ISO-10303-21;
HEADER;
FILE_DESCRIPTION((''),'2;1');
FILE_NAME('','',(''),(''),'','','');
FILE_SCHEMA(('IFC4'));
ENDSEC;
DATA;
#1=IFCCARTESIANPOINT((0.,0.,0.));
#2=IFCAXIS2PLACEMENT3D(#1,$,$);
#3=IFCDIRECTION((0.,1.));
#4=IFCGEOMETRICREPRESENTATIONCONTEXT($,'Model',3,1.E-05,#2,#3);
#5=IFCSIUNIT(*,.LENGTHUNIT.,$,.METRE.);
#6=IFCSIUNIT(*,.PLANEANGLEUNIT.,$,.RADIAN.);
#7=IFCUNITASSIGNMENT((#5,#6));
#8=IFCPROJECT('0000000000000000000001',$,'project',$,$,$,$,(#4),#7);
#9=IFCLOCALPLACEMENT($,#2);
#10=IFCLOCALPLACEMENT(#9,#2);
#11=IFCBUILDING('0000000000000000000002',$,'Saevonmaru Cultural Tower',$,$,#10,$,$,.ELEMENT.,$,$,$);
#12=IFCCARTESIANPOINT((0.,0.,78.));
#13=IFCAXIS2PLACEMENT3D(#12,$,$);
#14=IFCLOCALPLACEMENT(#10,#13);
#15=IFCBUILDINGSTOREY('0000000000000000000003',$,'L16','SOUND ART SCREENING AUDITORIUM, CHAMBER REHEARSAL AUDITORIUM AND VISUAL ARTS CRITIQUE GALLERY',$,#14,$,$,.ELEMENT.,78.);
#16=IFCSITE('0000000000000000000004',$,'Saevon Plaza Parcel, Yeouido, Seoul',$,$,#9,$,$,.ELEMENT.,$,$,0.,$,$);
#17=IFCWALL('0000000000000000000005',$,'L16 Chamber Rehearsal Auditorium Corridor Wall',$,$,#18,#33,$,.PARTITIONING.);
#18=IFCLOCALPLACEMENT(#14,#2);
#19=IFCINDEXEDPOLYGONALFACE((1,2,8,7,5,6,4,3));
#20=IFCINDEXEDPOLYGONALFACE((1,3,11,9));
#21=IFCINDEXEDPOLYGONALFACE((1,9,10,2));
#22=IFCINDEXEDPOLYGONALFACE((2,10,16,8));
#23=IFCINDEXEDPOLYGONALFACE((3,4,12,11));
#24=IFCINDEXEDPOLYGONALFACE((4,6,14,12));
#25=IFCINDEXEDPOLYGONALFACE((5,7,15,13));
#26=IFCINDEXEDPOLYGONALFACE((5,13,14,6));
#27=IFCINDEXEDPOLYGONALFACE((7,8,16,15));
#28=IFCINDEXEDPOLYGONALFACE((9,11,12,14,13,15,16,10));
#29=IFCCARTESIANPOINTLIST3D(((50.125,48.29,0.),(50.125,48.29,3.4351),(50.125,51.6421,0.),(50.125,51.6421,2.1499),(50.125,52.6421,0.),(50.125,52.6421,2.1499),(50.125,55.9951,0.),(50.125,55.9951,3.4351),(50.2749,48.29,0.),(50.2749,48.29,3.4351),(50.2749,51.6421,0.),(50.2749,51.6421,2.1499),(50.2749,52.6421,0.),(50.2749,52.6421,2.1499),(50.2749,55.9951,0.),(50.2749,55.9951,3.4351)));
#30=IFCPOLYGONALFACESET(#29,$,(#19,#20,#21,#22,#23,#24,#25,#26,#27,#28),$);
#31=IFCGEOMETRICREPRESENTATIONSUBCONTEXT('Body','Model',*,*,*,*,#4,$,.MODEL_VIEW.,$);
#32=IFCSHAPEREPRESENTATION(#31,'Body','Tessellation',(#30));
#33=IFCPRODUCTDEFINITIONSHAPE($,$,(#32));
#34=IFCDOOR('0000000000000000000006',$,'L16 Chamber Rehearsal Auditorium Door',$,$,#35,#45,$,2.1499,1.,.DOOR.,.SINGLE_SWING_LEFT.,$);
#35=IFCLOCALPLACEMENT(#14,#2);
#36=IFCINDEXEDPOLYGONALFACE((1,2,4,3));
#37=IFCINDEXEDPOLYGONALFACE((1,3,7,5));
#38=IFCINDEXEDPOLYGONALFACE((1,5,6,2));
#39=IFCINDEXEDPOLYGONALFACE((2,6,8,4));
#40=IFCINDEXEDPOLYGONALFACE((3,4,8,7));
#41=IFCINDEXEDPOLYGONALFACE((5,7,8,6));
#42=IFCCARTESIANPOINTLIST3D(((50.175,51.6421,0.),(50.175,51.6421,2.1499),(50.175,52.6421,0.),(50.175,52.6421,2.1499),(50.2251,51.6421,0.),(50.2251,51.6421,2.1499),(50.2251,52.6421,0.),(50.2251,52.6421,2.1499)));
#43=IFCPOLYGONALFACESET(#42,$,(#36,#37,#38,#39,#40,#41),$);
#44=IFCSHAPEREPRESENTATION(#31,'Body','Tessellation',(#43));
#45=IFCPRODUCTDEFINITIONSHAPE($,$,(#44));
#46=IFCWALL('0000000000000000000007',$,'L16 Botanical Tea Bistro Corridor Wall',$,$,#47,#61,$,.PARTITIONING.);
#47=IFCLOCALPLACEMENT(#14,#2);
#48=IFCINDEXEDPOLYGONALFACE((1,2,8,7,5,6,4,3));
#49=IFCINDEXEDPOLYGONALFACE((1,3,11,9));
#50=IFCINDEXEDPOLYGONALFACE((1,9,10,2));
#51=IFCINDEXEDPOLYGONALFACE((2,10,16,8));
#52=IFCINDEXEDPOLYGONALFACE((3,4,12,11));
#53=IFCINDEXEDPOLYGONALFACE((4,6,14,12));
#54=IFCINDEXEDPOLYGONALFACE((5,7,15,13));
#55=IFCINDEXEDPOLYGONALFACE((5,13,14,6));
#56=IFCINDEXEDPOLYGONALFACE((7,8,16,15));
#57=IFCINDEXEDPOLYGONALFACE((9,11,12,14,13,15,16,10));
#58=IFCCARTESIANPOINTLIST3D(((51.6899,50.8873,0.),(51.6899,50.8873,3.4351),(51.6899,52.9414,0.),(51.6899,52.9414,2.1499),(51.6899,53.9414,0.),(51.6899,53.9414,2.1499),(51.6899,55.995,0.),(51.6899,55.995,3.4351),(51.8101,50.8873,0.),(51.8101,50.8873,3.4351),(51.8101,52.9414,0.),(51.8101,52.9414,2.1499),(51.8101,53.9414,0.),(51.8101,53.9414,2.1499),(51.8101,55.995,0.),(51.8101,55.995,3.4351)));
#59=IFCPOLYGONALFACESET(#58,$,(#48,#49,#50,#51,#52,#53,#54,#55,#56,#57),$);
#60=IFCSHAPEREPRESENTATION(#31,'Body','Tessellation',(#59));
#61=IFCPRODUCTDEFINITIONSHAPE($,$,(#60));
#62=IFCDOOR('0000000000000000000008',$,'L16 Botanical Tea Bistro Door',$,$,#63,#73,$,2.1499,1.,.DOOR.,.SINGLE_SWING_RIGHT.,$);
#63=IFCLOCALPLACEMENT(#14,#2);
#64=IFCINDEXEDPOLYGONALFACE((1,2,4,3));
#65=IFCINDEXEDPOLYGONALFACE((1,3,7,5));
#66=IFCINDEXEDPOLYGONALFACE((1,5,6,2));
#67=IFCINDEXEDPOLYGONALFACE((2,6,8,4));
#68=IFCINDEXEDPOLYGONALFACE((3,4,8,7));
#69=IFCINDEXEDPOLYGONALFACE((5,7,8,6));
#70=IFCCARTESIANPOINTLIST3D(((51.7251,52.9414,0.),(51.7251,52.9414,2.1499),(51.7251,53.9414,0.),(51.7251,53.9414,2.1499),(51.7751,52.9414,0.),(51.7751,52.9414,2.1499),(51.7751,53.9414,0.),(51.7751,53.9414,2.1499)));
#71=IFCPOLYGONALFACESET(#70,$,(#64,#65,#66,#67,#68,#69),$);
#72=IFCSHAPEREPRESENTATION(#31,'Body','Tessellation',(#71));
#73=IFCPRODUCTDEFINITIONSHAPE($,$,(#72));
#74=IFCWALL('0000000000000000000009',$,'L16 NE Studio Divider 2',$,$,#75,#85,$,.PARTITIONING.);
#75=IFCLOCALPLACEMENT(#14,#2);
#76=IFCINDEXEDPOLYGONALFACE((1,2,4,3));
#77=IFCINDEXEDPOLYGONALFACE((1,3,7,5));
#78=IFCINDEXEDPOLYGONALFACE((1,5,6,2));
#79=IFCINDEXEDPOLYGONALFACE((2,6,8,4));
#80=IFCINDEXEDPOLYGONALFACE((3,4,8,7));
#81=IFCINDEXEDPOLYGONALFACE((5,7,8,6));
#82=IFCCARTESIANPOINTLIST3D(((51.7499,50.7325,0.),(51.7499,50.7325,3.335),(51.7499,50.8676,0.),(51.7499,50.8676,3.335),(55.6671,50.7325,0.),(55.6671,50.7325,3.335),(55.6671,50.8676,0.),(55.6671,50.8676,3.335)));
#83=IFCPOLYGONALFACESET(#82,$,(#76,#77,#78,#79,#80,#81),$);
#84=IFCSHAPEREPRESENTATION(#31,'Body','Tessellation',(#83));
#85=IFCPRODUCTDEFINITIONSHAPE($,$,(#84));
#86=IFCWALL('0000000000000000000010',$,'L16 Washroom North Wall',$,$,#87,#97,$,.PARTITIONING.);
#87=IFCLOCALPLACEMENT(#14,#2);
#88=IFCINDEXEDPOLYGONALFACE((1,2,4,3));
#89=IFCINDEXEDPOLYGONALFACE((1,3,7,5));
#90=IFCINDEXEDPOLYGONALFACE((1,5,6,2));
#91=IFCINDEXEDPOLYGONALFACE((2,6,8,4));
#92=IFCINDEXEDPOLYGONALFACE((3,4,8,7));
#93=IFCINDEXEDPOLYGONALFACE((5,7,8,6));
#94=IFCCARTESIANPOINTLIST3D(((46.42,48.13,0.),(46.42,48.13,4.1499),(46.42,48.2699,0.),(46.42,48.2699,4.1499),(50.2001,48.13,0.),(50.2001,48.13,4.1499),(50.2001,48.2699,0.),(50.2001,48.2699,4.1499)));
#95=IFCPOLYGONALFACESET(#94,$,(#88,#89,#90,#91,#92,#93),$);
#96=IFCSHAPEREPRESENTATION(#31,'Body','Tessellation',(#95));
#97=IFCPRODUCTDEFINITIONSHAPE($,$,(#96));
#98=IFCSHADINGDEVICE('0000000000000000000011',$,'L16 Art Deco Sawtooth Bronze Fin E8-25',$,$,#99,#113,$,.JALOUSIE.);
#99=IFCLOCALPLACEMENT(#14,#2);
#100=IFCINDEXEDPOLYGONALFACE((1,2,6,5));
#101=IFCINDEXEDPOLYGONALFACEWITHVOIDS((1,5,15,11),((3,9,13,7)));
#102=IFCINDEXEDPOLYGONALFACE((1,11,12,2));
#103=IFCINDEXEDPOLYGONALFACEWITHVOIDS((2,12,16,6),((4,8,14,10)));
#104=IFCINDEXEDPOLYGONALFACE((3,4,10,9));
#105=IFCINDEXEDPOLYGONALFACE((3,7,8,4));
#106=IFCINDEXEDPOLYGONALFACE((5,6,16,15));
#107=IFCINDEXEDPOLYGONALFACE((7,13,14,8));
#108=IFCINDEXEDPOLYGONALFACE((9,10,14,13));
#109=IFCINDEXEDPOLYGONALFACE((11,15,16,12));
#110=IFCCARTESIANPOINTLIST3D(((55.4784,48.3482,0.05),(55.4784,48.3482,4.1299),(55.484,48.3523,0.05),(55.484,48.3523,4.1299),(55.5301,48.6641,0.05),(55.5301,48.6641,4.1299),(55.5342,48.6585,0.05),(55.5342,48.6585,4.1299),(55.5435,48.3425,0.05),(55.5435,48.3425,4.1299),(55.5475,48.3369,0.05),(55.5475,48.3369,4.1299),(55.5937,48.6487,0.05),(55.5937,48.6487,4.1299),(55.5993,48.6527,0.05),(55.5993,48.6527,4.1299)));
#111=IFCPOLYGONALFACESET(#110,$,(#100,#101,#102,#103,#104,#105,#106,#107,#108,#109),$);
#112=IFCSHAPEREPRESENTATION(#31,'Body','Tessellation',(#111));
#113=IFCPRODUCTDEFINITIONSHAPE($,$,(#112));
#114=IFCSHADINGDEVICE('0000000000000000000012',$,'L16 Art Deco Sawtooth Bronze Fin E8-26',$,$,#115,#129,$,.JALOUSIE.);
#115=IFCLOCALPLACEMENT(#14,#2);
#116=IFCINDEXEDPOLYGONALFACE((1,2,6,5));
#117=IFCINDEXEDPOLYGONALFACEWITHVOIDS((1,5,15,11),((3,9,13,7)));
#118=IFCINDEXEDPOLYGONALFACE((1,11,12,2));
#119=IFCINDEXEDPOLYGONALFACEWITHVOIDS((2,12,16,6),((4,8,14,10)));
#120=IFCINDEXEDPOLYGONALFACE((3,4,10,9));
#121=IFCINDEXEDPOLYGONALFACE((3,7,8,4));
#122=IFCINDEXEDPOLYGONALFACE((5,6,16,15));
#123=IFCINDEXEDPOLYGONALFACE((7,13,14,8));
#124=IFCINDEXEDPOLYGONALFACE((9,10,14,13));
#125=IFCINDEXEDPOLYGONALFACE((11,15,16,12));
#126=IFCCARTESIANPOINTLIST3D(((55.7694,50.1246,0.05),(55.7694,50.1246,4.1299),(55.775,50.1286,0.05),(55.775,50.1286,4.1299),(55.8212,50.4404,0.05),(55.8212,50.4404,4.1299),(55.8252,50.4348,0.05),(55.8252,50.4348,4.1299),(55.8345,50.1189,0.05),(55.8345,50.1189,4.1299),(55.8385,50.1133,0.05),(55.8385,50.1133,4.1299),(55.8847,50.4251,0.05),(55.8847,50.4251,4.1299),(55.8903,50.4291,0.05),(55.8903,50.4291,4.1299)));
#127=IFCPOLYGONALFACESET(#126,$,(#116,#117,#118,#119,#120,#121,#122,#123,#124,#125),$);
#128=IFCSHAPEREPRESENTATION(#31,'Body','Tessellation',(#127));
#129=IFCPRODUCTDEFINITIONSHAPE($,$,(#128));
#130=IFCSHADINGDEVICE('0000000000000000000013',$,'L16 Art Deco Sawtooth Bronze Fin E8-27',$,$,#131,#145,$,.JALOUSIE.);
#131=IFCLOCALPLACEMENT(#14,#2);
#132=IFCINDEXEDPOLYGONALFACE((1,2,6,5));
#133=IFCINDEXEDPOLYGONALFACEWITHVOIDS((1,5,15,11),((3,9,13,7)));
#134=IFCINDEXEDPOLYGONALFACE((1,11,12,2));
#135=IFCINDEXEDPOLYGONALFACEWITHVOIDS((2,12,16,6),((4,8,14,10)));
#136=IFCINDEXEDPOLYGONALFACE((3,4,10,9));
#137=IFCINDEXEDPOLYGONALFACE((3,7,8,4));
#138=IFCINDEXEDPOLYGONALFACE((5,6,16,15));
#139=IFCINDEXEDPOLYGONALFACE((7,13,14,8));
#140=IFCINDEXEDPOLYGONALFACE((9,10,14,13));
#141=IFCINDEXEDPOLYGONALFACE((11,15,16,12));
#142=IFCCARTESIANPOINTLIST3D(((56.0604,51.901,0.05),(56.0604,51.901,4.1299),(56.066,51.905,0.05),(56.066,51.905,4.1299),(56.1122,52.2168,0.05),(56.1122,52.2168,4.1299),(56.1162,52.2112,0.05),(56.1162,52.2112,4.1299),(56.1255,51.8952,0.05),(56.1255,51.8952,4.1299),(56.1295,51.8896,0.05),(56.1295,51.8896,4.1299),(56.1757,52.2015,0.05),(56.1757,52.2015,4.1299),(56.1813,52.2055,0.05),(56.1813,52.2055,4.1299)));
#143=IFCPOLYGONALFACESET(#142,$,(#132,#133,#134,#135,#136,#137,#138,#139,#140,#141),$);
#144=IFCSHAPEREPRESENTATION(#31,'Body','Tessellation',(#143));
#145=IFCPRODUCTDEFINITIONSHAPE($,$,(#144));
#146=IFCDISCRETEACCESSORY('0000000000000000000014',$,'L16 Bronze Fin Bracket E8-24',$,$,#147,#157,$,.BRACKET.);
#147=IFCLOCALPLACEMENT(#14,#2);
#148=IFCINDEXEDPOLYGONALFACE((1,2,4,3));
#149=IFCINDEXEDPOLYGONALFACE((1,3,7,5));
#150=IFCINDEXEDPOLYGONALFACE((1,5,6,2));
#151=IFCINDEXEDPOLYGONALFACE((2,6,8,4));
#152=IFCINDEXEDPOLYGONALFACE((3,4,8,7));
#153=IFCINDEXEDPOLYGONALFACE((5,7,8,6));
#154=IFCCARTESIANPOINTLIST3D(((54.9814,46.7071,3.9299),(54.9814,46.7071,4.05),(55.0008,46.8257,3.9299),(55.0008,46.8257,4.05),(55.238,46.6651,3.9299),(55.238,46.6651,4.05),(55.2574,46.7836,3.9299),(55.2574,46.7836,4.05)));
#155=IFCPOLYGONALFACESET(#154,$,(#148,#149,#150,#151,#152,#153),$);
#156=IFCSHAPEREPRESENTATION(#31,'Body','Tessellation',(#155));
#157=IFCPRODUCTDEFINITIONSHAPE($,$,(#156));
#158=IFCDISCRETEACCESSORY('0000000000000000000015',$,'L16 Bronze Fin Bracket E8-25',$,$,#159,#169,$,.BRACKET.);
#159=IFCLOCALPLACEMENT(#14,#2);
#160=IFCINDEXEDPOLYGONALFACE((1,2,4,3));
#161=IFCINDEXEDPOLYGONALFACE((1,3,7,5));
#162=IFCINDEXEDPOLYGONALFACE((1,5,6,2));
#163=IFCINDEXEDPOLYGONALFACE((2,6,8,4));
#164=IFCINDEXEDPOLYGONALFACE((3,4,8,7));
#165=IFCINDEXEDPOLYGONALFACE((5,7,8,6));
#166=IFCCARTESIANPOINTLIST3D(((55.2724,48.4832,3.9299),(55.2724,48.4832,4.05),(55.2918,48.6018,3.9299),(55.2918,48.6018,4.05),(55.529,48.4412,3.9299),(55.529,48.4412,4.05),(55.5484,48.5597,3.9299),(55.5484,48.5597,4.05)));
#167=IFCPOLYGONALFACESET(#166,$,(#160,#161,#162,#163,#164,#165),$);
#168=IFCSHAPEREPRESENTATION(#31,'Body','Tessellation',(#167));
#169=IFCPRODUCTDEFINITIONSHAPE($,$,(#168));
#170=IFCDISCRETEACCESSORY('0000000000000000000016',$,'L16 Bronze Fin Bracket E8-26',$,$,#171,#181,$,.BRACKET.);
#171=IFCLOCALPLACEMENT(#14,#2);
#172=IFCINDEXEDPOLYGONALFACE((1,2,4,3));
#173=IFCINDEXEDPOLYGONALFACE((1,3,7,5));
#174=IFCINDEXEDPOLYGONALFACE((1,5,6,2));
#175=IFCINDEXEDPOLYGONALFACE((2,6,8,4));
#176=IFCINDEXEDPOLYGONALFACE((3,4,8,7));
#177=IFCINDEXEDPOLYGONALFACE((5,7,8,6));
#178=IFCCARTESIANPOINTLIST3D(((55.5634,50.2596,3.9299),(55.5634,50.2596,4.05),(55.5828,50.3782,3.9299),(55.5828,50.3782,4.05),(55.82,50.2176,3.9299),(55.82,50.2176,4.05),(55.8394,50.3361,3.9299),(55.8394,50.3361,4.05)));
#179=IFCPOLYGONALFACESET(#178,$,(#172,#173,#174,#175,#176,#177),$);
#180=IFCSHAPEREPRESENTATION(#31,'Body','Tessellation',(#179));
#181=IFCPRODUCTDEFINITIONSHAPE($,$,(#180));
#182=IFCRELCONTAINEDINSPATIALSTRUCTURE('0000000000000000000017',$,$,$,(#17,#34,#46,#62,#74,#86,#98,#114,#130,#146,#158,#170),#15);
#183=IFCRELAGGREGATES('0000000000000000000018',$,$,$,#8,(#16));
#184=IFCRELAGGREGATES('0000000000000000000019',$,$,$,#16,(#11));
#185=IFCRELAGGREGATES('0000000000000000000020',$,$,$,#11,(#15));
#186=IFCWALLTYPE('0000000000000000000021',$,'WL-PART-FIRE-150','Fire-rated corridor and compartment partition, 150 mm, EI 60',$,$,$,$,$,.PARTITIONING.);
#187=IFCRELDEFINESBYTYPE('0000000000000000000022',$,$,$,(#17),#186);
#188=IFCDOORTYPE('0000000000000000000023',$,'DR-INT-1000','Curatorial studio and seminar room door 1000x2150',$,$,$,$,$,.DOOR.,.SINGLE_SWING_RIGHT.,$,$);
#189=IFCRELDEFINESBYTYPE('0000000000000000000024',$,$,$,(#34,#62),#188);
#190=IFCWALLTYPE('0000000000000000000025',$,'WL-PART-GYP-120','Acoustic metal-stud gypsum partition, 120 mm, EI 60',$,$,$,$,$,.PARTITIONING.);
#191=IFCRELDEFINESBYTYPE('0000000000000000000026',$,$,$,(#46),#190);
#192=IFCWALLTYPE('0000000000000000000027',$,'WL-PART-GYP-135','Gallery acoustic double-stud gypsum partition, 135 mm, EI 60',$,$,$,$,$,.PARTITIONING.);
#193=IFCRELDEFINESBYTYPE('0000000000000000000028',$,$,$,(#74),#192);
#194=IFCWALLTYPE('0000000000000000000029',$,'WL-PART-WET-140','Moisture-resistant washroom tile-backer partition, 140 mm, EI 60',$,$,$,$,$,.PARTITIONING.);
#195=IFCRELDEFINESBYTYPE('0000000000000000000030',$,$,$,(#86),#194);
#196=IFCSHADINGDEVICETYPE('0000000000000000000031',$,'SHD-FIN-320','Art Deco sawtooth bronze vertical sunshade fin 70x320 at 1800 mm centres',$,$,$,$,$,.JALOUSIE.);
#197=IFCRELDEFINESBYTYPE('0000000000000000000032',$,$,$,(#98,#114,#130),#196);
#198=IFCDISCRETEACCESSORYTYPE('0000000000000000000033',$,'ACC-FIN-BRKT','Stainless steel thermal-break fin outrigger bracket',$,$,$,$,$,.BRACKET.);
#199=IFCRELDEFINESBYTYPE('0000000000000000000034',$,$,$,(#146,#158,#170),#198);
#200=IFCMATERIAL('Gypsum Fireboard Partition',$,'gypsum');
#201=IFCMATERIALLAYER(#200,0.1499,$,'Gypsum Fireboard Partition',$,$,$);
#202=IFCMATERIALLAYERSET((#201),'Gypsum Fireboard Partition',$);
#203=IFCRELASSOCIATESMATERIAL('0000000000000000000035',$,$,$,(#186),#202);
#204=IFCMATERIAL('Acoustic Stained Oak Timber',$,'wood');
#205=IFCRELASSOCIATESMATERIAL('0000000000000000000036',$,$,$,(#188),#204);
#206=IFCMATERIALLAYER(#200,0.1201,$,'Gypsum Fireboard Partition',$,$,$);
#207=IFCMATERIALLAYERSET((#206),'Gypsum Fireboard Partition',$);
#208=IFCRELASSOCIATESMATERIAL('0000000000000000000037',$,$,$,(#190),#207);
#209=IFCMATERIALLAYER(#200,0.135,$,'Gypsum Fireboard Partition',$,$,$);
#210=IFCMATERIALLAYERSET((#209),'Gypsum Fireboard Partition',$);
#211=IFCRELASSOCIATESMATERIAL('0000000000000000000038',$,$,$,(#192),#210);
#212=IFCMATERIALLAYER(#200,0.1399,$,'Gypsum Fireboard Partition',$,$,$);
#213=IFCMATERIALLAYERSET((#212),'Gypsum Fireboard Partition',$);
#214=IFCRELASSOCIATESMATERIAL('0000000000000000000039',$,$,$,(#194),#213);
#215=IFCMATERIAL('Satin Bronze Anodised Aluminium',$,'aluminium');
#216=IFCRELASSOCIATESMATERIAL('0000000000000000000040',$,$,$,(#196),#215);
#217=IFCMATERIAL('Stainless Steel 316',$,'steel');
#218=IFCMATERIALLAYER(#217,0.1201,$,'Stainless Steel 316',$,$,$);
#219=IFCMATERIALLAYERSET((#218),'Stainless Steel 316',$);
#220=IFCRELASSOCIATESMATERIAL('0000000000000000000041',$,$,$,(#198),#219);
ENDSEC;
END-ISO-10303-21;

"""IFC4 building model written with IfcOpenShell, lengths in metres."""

from ifc_helpers import new_model, si_unit, direction, frame, frame_2d, origin, origin_2d, place, context, subcontext, project, spatial, rectangle, hollow_rectangle, extrude, material, layer, layer_set, material_profile, profile_set, type_object, element, fill, save


model = new_model("IFC4")

# Units and contexts
model_context = context("Model", 3, precision=1e-05, world=origin(), true_north=direction((0.0, 1.0)))
body_context = subcontext(model_context, "Body", "Model", "MODEL_VIEW")
ifc_project = project(units=[si_unit("LENGTHUNIT", "METRE"), si_unit("PLANEANGLEUNIT", "RADIAN")], contexts=[model_context])

# Site, building, storey
site_placement = place(None, origin())
site = spatial("IfcSite", under=ifc_project, at=site_placement, Name="Saevon Plaza Parcel, Yeouido, Seoul", CompositionType="ELEMENT", RefElevation=0.0)
building_placement = place(site_placement, origin())
building = spatial("IfcBuilding", under=site, at=building_placement, Name="Saevonmaru Cultural Tower", CompositionType="ELEMENT")
storey_placement = place(building_placement, frame((0.0, 0.0, 78.0)))
storey = spatial("IfcBuildingStorey", under=building, at=storey_placement, Name="L16", Description="SOUND ART SCREENING AUDITORIUM, CHAMBER REHEARSAL AUDITORIUM AND VISUAL ARTS CRITIQUE GALLERY", CompositionType="ELEMENT", Elevation=78.0)

# Shared definitions
ifc_material_1 = material(Name="Satin Bronze Anodised Aluminium", Category="aluminium")

# Walls, openings, doors
ifc_material_2 = material(Name="Gypsum Fireboard Partition", Category="gypsum")
ifc_layer_1 = layer(ifc_material_2, 0.1499, Name="Gypsum Fireboard Partition")
ifc_layer_set_1 = layer_set([ifc_layer_1], Name="Gypsum Fireboard Partition")
wall_type_1 = type_object("IfcWallType", Name="WL-PART-FIRE-150", Description="Fire-rated corridor and compartment partition, 150 mm, EI 60", PredefinedType="PARTITIONING", material=ifc_layer_set_1)
wall_1_placement = place(storey_placement, frame((50.2, 48.29, 0.0), z_axis=(0.0, 0.0, 1.0), x_axis=(0.0, 1.0, 0.0)))
wall_1 = element("IfcWall", 1, at=wall_1_placement, inside=storey, type_object=wall_type_1, Name="L16 Chamber Rehearsal Auditorium Corridor Wall", PredefinedType="PARTITIONING", context=body_context, shape_type="SweptSolid", body=[
    extrude(rectangle(XDim=7.7051, YDim=0.1499, at=frame_2d((3.8525, 0.0))), origin(), (0.0, 0.0, 1.0), 3.4351),
])
opening_1_placement = place(wall_1_placement, frame((3.3521, 0.0, 0.0)))
opening_1 = element("IfcOpeningElement", 2, at=opening_1_placement, cuts=wall_1, PredefinedType="OPENING", context=body_context, shape_type="SweptSolid", body=[
    extrude(rectangle(XDim=1.0, YDim=2.1499, at=frame_2d((0.5, 1.075))), frame((0.0, 0.085, 0.0), z_axis=(0.0, -1.0, 0.0), x_axis=(1.0, 0.0, 0.0)), (0.0, 0.0, 1.0), 0.1699),
])
ifc_material_3 = material(Name="Acoustic Stained Oak Timber", Category="wood")
door_type = type_object("IfcDoorType", Name="DR-INT-1000", Description="Curatorial studio and seminar room door 1000x2150", OperationType="SINGLE_SWING_RIGHT", PredefinedType="DOOR", material=ifc_material_3)
door_1_placement = place(opening_1_placement, origin())
door_1 = element("IfcDoor", 3, at=door_1_placement, inside=storey, type_object=door_type, Name="L16 Chamber Rehearsal Auditorium Door", OperationType="SINGLE_SWING_LEFT", OverallHeight=2.1499, OverallWidth=1.0, PredefinedType="DOOR", context=body_context, shape_type="SweptSolid", body=[
    extrude(rectangle(XDim=1.0, YDim=2.1499, at=frame_2d((0.5, 1.075))), frame((0.0, 0.0249, 0.0), z_axis=(0.0, -1.0, 0.0), x_axis=(1.0, 0.0, 0.0)), (0.0, 0.0, 1.0), 0.05),
])
fill(opening_1, door_1)
ifc_layer_2 = layer(ifc_material_2, 0.1201, Name="Gypsum Fireboard Partition")
ifc_layer_set_2 = layer_set([ifc_layer_2], Name="Gypsum Fireboard Partition")
wall_type_2 = type_object("IfcWallType", Name="WL-PART-GYP-120", Description="Acoustic metal-stud gypsum partition, 120 mm, EI 60", PredefinedType="PARTITIONING", material=ifc_layer_set_2)
wall_2_placement = place(storey_placement, frame((51.75, 50.8875, 0.0), z_axis=(0.0, 0.0, 1.0), x_axis=(0.0, 1.0, 0.0)))
wall_2 = element("IfcWall", 4, at=wall_2_placement, inside=storey, type_object=wall_type_2, Name="L16 Botanical Tea Bistro Corridor Wall", PredefinedType="PARTITIONING", context=body_context, shape_type="SweptSolid", body=[
    extrude(rectangle(XDim=5.1077, YDim=0.1201, at=frame_2d((2.5537, 0.0))), origin(), (0.0, 0.0, 1.0), 3.4351),
])
opening_2_placement = place(wall_2_placement, frame((2.054, 0.0, 0.0)))
opening_2 = element("IfcOpeningElement", 5, at=opening_2_placement, cuts=wall_2, PredefinedType="OPENING", context=body_context, shape_type="SweptSolid", body=[
    extrude(rectangle(XDim=1.0, YDim=2.1499, at=frame_2d((0.5, 1.075))), frame((0.0, 0.0701, 0.0), z_axis=(0.0, -1.0, 0.0), x_axis=(1.0, 0.0, 0.0)), (0.0, 0.0, 1.0), 0.1401),
])
door_2_placement = place(opening_2_placement, origin())
door_2 = element("IfcDoor", 6, at=door_2_placement, inside=storey, type_object=door_type, Name="L16 Botanical Tea Bistro Door", OperationType="SINGLE_SWING_RIGHT", OverallHeight=2.1499, OverallWidth=1.0, PredefinedType="DOOR", context=body_context, shape_type="SweptSolid", body=[
    extrude(rectangle(XDim=1.0, YDim=2.1499, at=frame_2d((0.5, 1.075))), frame((0.0, 0.0249, 0.0), z_axis=(0.0, -1.0, 0.0), x_axis=(1.0, 0.0, 0.0)), (0.0, 0.0, 1.0), 0.05),
])
fill(opening_2, door_2)

# Walls
ifc_layer_3 = layer(ifc_material_2, 0.135, Name="Gypsum Fireboard Partition")
ifc_layer_set_3 = layer_set([ifc_layer_3], Name="Gypsum Fireboard Partition")
wall_type_3 = type_object("IfcWallType", Name="WL-PART-GYP-135", Description="Gallery acoustic double-stud gypsum partition, 135 mm, EI 60", PredefinedType="PARTITIONING", material=ifc_layer_set_3)
wall_3_placement = place(storey_placement, frame((51.75, 50.8, 0.0), z_axis=(0.0, 0.0, 1.0), x_axis=(1.0, 0.0, 0.0)))
element("IfcWall", 7, at=wall_3_placement, inside=storey, type_object=wall_type_3, Name="L16 NE Studio Divider 2", PredefinedType="PARTITIONING", context=body_context, shape_type="SweptSolid", body=[
    extrude(rectangle(XDim=3.9172, YDim=0.135, at=frame_2d((1.9585, 0.0))), origin(), (0.0, 0.0, 1.0), 3.335),
])
ifc_layer_4 = layer(ifc_material_2, 0.1399, Name="Gypsum Fireboard Partition")
ifc_layer_set_4 = layer_set([ifc_layer_4], Name="Gypsum Fireboard Partition")
wall_type_4 = type_object("IfcWallType", Name="WL-PART-WET-140", Description="Moisture-resistant washroom tile-backer partition, 140 mm, EI 60", PredefinedType="PARTITIONING", material=ifc_layer_set_4)
wall_4_placement = place(storey_placement, frame((46.4199, 48.2, 0.0), z_axis=(0.0, 0.0, 1.0), x_axis=(1.0, 0.0, 0.0)))
element("IfcWall", 8, at=wall_4_placement, inside=storey, type_object=wall_type_4, Name="L16 Washroom North Wall", PredefinedType="PARTITIONING", context=body_context, shape_type="SweptSolid", body=[
    extrude(rectangle(XDim=3.78, YDim=0.1399, at=frame_2d((1.8901, 0.0))), origin(), (0.0, 0.0, 1.0), 4.1499),
])

# Shading devices
ifc_material_profile_1 = material_profile(ifc_material_1, hollow_rectangle(XDim=0.0701, YDim=0.3201, WallThickness=0.0049, at=origin_2d()), Name="FIN-320x70")
ifc_profile_set_1 = profile_set([ifc_material_profile_1], Name="Satin Bronze Anodised Aluminium")
shading_device_type = type_object("IfcShadingDeviceType", Name="SHD-FIN-320", Description="Art Deco sawtooth bronze vertical sunshade fin 70x320 at 1800 mm centres", PredefinedType="JALOUSIE", material=ifc_profile_set_1)
for number, where, z_axis, x_axis, name in (
    (9, (55.5388, 48.5005, 0.05), (0.0, 0.0, 1.0), (0.986827, -0.161776, 0.0), "L16 Art Deco Sawtooth Bronze Fin E8-25"),
    (10, (55.8298, 50.2769, 0.05), (0.0, 0.0, 1.0), (0.986827, -0.161776, 0.0), "L16 Art Deco Sawtooth Bronze Fin E8-26"),
    (11, (56.1208, 52.0532, 0.05), (0.0, 0.0, 1.0), (0.986827, -0.161776, 0.0), "L16 Art Deco Sawtooth Bronze Fin E8-27"),
):
    element("IfcShadingDevice", number, at=place(storey_placement, frame(where, z_axis=z_axis, x_axis=x_axis)), inside=storey, type_object=shading_device_type, Name=name, PredefinedType="JALOUSIE", context=body_context, shape_type="SweptSolid", body=[
        extrude(hollow_rectangle(XDim=0.0701, YDim=0.3201, WallThickness=0.0049, at=origin_2d()), origin(), (0.0, 0.0, 1.0), 4.0798),
    ])

# Discrete accessories
ifc_material_4 = material(Name="Stainless Steel 316", Category="steel")
ifc_layer_5 = layer(ifc_material_4, 0.1201, Name="Stainless Steel 316")
ifc_layer_set_5 = layer_set([ifc_layer_5], Name="Stainless Steel 316")
discrete_accessory_type = type_object("IfcDiscreteAccessoryType", Name="ACC-FIN-BRKT", Description="Stainless steel thermal-break fin outrigger bracket", PredefinedType="BRACKET", material=ifc_layer_set_5)
for number, where, z_axis, x_axis, name in (
    (12, (55.1194, 46.7454, 3.9299), (0.0, 0.0, 1.0), (0.986827, -0.161776, 0.0), "L16 Bronze Fin Bracket E8-24"),
    (13, (55.4104, 48.5215, 3.9299), (0.0, 0.0, 1.0), (0.986827, -0.161776, 0.0), "L16 Bronze Fin Bracket E8-25"),
    (14, (55.7014, 50.2979, 3.9299), (0.0, 0.0, 1.0), (0.986827, -0.161776, 0.0), "L16 Bronze Fin Bracket E8-26"),
):
    element("IfcDiscreteAccessory", number, at=place(storey_placement, frame(where, z_axis=z_axis, x_axis=x_axis)), inside=storey, type_object=discrete_accessory_type, Name=name, PredefinedType="BRACKET", context=body_context, shape_type="SweptSolid", body=[
        extrude(rectangle(XDim=0.26, YDim=0.1201, at=origin_2d()), origin(), (0.0, 0.0, 1.0), 0.1201),
    ])

save(model, "model.ifc")
